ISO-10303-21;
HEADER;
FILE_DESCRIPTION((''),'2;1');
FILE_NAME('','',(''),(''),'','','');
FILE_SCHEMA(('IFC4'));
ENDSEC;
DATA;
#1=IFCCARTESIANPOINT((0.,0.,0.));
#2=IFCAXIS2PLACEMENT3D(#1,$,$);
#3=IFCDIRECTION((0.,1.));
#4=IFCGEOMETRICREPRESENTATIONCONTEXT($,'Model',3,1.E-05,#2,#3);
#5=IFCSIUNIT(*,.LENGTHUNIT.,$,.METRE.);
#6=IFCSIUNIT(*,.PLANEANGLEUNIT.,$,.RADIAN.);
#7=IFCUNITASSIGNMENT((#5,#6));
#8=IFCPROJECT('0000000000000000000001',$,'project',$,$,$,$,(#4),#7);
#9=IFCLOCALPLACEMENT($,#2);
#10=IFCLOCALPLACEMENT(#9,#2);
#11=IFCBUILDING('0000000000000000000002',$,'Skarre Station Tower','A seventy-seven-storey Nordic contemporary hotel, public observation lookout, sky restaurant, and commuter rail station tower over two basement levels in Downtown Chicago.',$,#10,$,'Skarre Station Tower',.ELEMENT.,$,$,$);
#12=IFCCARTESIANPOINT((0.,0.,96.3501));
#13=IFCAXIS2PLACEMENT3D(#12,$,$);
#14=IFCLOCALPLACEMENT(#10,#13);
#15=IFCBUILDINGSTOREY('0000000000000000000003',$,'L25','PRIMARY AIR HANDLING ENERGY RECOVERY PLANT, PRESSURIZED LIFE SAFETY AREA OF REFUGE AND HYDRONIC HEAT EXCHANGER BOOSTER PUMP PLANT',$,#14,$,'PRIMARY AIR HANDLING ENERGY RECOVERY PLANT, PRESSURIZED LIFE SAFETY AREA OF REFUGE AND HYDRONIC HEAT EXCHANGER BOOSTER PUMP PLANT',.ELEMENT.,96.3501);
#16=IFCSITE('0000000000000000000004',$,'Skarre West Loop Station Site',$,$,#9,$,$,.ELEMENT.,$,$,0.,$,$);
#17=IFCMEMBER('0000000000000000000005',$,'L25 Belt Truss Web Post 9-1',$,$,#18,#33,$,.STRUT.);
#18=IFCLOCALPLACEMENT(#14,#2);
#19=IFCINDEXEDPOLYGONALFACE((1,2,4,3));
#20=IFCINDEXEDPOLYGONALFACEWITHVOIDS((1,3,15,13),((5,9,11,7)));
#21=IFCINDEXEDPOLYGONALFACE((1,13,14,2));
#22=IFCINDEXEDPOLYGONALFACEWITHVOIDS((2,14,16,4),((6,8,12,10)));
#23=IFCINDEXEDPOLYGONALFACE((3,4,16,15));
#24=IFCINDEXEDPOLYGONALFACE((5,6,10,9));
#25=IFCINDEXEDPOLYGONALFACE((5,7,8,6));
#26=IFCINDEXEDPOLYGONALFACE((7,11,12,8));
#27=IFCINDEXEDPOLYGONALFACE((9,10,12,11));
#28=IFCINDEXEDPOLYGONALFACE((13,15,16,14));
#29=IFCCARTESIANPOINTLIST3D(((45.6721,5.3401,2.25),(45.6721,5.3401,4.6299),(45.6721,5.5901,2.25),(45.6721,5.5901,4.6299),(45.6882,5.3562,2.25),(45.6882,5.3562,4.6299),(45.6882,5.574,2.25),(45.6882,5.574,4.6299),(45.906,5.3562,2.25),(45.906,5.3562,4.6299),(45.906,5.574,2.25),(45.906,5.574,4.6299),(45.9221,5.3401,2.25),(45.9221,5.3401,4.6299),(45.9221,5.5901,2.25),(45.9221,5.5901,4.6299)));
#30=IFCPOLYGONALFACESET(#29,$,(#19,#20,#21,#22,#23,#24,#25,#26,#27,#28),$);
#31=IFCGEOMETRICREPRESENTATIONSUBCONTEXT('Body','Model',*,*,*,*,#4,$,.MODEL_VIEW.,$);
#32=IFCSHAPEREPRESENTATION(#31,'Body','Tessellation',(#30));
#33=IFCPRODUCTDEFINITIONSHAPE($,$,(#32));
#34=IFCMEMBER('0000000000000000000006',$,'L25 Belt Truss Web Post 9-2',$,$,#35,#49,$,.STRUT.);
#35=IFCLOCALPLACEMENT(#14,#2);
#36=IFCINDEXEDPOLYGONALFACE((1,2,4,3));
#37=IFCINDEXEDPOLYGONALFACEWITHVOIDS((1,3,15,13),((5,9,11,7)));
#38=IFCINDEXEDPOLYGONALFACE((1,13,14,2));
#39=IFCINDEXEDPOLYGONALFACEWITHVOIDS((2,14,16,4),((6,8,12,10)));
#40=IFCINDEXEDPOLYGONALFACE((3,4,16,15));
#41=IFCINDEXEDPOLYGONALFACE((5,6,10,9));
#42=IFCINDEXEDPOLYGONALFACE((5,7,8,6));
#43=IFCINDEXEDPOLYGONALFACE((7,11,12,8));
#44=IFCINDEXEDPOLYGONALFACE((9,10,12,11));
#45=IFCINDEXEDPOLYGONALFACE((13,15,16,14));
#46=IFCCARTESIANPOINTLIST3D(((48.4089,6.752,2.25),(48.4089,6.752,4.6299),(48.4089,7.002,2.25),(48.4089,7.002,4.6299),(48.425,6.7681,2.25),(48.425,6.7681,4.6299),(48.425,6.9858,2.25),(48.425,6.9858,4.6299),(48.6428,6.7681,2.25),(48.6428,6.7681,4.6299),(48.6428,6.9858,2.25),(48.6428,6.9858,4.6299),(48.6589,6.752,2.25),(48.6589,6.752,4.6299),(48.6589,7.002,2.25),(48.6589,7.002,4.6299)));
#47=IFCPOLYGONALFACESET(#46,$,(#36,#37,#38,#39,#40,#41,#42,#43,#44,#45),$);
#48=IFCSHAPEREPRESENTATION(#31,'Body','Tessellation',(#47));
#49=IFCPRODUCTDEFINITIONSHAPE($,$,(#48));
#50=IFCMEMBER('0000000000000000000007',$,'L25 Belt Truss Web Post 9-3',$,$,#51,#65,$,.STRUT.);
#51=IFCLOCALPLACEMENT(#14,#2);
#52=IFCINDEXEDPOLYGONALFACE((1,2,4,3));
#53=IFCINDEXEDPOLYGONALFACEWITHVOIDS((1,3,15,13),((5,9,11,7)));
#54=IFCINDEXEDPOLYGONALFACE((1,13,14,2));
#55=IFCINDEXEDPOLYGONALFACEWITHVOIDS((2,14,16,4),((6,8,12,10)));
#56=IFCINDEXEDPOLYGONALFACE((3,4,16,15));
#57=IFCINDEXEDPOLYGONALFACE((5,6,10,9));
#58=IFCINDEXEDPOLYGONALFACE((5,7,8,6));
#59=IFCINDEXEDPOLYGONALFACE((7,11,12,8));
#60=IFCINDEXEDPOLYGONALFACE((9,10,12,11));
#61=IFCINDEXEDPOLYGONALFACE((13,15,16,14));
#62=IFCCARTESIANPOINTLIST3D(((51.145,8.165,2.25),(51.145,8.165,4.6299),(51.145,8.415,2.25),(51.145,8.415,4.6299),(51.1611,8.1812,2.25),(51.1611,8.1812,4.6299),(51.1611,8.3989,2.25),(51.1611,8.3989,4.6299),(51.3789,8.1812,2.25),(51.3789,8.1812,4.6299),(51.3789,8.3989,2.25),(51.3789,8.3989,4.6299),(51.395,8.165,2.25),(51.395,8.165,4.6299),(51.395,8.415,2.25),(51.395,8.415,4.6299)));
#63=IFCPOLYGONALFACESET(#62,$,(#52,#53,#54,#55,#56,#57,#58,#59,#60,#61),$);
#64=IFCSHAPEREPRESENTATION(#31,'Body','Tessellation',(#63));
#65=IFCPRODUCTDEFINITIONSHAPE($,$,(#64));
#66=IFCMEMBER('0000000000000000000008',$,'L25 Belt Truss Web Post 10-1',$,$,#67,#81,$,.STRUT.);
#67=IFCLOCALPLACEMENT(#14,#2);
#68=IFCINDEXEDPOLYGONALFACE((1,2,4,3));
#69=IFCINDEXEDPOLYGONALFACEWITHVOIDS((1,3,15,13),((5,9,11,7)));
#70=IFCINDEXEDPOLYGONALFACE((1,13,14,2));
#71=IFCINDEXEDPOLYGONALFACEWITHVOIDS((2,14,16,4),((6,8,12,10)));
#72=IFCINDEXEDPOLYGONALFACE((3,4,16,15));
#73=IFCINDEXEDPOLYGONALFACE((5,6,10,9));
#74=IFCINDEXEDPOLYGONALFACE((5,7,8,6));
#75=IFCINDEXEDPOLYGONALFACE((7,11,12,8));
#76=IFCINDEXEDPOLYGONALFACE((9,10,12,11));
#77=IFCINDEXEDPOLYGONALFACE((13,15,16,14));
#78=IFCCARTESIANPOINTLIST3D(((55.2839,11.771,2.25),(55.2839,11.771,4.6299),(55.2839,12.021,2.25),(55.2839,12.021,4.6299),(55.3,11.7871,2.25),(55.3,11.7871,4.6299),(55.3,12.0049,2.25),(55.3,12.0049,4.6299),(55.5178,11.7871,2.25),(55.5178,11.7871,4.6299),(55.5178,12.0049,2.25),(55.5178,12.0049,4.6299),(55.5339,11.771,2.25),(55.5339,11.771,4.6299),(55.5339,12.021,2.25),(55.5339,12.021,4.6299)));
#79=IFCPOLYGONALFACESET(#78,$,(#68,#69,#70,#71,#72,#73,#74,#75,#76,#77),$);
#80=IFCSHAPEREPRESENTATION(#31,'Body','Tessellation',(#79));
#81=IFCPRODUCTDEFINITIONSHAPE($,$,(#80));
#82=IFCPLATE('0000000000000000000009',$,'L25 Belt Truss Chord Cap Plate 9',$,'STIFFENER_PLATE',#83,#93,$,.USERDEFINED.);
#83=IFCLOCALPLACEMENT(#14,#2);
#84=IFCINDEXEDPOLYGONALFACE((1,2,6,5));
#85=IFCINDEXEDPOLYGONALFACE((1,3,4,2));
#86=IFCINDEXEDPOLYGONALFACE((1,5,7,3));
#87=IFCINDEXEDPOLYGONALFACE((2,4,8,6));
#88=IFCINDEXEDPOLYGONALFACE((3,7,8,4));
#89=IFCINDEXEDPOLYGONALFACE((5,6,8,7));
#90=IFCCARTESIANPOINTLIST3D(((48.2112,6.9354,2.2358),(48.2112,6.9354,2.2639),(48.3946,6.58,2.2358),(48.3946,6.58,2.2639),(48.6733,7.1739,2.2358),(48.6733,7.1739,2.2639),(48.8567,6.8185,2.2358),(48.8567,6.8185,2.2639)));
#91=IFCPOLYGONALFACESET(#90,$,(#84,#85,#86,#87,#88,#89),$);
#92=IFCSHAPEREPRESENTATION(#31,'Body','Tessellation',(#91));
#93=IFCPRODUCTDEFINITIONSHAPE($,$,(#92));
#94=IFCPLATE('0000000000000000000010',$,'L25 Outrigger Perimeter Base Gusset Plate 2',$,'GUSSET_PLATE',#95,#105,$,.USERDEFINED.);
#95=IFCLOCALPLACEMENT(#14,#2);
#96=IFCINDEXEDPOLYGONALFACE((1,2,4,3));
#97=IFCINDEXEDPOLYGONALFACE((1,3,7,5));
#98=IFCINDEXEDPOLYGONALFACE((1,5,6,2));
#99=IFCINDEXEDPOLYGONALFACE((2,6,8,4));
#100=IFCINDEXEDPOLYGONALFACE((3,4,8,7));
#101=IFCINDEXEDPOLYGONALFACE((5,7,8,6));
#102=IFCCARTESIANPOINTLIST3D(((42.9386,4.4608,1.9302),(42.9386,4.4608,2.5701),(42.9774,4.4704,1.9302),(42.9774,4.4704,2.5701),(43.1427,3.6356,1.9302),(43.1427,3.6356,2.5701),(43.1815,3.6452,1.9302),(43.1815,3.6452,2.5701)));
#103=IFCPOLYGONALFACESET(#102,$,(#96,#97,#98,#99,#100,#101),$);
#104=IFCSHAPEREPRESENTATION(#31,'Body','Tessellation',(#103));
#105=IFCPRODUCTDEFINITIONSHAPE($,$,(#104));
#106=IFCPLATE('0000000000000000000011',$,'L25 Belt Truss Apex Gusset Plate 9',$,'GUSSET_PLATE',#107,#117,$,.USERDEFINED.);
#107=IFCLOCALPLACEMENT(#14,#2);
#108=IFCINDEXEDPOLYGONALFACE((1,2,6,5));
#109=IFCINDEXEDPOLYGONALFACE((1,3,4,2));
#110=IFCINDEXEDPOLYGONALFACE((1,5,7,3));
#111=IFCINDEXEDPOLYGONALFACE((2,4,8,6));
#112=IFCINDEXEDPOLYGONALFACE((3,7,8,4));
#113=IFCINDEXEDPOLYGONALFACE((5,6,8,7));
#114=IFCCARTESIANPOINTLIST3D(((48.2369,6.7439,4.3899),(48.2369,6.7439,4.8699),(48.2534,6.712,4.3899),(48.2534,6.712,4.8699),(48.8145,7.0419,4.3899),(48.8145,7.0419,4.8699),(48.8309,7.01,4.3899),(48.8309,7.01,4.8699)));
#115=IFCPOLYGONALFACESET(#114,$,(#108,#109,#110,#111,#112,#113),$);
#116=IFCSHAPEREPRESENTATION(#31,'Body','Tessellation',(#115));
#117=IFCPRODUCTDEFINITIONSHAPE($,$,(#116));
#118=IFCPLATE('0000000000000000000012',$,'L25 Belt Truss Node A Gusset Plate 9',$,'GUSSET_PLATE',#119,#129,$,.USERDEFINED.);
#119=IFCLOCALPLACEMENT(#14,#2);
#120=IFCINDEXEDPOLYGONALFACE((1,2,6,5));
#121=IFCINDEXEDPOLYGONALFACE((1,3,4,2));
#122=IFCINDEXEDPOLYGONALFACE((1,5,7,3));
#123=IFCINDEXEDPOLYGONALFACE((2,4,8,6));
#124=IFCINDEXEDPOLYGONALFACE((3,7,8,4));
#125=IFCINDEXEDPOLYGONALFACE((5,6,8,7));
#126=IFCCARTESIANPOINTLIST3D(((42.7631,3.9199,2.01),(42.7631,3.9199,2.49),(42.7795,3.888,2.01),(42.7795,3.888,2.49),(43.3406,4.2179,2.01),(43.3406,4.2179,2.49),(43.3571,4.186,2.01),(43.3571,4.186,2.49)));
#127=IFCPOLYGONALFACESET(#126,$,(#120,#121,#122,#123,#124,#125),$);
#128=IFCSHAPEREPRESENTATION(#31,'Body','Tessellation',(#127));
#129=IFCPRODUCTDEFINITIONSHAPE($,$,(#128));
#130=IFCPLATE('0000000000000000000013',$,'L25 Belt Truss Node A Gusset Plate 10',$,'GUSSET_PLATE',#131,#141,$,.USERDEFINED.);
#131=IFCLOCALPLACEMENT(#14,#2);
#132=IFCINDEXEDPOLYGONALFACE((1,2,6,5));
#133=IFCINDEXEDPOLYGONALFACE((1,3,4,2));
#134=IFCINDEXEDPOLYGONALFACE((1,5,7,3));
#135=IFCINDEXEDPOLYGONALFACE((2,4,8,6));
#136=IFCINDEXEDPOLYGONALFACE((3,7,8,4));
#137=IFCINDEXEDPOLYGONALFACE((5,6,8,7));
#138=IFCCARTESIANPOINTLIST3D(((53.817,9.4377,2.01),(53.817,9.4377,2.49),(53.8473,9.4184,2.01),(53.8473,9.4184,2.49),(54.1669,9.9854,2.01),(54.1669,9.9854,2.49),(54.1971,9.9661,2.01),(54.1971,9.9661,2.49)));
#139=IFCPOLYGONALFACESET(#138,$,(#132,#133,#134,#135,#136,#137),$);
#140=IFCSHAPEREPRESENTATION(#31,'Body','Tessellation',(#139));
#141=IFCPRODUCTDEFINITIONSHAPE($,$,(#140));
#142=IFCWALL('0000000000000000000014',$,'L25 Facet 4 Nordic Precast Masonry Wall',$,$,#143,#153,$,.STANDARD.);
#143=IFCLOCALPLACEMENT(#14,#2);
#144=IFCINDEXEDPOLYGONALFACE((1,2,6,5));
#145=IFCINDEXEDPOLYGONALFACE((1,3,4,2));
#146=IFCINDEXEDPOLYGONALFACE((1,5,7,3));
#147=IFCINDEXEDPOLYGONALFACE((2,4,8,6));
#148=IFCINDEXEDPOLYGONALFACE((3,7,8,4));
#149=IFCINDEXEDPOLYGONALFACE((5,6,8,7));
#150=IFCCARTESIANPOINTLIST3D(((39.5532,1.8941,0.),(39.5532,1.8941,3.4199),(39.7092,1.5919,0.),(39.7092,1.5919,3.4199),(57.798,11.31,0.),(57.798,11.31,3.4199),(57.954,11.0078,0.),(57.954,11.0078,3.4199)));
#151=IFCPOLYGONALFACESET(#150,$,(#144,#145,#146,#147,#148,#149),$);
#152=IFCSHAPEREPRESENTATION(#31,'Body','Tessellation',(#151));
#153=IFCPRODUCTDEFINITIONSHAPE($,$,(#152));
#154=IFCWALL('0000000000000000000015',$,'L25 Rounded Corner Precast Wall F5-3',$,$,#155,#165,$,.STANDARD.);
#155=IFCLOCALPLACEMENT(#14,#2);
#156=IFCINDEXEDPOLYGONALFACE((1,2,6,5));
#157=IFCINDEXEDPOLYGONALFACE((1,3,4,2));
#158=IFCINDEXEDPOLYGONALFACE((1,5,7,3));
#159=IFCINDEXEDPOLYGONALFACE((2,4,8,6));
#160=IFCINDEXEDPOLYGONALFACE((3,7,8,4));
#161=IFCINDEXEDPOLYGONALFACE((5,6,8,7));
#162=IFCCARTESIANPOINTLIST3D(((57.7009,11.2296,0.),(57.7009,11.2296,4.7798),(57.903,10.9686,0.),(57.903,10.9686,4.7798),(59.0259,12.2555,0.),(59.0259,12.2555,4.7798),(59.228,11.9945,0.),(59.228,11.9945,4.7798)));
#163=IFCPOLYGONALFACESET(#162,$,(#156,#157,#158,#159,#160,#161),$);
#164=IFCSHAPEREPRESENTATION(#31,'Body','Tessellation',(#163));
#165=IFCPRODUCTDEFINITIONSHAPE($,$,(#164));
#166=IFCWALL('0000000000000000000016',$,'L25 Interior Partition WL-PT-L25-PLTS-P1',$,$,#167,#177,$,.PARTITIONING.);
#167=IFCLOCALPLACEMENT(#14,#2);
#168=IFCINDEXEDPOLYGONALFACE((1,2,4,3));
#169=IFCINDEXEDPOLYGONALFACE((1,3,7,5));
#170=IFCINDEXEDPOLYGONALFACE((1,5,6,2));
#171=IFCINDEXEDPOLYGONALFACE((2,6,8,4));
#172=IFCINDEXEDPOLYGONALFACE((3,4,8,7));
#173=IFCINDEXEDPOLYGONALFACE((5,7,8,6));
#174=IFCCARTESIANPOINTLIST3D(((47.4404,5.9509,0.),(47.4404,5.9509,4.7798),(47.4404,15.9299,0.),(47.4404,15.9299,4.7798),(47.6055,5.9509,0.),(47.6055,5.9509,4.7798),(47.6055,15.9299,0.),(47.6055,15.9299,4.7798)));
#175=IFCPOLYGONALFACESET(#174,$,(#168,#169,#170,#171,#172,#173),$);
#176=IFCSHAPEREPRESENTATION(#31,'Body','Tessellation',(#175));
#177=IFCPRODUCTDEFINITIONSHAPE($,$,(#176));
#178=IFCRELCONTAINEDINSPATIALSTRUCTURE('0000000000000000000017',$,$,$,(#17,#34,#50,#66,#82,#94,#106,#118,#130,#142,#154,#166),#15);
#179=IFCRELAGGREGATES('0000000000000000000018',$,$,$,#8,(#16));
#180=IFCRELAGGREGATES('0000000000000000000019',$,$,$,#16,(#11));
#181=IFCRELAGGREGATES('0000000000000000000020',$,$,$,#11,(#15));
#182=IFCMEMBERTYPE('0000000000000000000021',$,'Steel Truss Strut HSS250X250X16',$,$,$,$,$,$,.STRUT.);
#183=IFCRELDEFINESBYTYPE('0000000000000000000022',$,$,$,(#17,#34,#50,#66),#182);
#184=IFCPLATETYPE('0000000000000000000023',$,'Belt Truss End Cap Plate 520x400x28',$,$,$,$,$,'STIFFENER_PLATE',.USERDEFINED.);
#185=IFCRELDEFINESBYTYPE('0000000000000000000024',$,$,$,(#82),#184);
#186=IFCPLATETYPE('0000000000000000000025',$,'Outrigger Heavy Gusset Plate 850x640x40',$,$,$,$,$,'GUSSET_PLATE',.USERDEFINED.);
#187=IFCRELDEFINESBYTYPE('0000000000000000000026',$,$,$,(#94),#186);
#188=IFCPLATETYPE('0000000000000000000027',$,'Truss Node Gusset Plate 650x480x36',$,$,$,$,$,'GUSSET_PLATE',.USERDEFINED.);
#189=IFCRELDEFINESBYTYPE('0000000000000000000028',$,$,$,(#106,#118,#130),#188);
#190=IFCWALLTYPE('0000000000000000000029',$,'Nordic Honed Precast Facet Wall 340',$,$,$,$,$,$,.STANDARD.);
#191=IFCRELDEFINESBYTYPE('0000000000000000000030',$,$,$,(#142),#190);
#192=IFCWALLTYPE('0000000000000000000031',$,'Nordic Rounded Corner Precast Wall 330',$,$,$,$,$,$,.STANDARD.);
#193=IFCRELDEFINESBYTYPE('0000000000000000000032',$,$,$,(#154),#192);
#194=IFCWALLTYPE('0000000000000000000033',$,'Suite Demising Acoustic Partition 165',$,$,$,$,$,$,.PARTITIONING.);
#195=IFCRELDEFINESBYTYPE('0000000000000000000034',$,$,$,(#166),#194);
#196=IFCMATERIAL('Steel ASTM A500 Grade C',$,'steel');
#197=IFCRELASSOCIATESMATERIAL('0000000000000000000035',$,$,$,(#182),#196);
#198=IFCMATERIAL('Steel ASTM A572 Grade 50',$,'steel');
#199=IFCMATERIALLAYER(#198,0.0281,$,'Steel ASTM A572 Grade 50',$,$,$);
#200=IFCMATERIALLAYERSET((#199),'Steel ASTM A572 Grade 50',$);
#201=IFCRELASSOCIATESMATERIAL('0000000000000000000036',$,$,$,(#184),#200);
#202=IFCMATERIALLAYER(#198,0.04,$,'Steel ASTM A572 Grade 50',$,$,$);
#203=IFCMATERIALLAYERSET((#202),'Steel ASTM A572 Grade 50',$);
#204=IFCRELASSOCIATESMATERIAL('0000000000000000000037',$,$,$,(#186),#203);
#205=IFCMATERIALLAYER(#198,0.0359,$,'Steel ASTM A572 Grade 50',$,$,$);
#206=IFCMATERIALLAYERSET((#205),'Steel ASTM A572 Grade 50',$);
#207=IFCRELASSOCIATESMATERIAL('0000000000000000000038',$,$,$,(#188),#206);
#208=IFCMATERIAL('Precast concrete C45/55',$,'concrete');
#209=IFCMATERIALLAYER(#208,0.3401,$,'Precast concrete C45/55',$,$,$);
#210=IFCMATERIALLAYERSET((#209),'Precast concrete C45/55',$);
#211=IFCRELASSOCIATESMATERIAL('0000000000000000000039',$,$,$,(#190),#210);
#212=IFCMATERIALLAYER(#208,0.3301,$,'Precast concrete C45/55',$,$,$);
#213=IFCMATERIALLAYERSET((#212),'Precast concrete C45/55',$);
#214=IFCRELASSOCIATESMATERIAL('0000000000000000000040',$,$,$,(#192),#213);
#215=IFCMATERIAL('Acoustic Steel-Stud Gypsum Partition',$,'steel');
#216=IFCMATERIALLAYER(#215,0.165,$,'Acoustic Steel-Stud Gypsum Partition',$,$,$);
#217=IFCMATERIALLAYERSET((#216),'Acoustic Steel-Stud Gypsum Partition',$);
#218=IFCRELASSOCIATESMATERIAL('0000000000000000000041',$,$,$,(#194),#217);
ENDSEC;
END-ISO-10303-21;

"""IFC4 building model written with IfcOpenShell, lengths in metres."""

from ifc_helpers import new_model, si_unit, direction, frame, frame_2d, origin, origin_2d, place, context, subcontext, project, spatial, rectangle, hollow_rectangle, extrude, material, layer, layer_set, material_profile, profile_set, type_object, element, save


model = new_model("IFC4")

# Units and contexts
model_context = context("Model", 3, precision=1e-05, world=origin(), true_north=direction((0.0, 1.0)))
body_context = subcontext(model_context, "Body", "Model", "MODEL_VIEW")
ifc_project = project(units=[si_unit("LENGTHUNIT", "METRE"), si_unit("PLANEANGLEUNIT", "RADIAN")], contexts=[model_context])

# Site, building, storey
site_placement = place(None, origin())
site = spatial("IfcSite", under=ifc_project, at=site_placement, Name="Skarre West Loop Station Site", CompositionType="ELEMENT", RefElevation=0.0)
building_placement = place(site_placement, origin())
building = spatial("IfcBuilding", under=site, at=building_placement, Name="Skarre Station Tower", Description="A seventy-seven-storey Nordic contemporary hotel, public observation lookout, sky restaurant, and commuter rail station tower over two basement levels in Downtown Chicago.", LongName="Skarre Station Tower", CompositionType="ELEMENT")
storey_placement = place(building_placement, frame((0.0, 0.0, 96.3501)))
storey = spatial("IfcBuildingStorey", under=building, at=storey_placement, Name="L25", Description="PRIMARY AIR HANDLING ENERGY RECOVERY PLANT, PRESSURIZED LIFE SAFETY AREA OF REFUGE AND HYDRONIC HEAT EXCHANGER BOOSTER PUMP PLANT", LongName="PRIMARY AIR HANDLING ENERGY RECOVERY PLANT, PRESSURIZED LIFE SAFETY AREA OF REFUGE AND HYDRONIC HEAT EXCHANGER BOOSTER PUMP PLANT", CompositionType="ELEMENT", Elevation=96.3501)

# Shared definitions
ifc_material_1 = material(Name="Steel ASTM A572 Grade 50", Category="steel")

# Members
ifc_material_2 = material(Name="Steel ASTM A500 Grade C", Category="steel")
ifc_material_profile_1 = material_profile(ifc_material_2, hollow_rectangle(XDim=0.25, YDim=0.25, WallThickness=0.0161, at=origin_2d()), Name="Steel ASTM A500 Grade C")
ifc_profile_set_1 = profile_set([ifc_material_profile_1], Name="Steel ASTM A500 Grade C")
member_type_1 = type_object("IfcMemberType", Name="Steel Truss Strut HSS250X250X16", PredefinedType="STRUT", material=ifc_profile_set_1)
for number, where, z_axis, x_axis, name in (
    (1, (45.7971, 5.4651, 2.25), (0.0, 0.0, 1.0), (1.0, 0.0, 0.0), "L25 Belt Truss Web Post 9-1"),
    (2, (48.5339, 6.877, 2.25), (0.0, 0.0, 1.0), (1.0, 0.0, 0.0), "L25 Belt Truss Web Post 9-2"),
    (3, (51.27, 8.29, 2.25), (0.0, 0.0, 1.0), (1.0, 0.0, 0.0), "L25 Belt Truss Web Post 9-3"),
    (4, (55.4089, 11.896, 2.25), (0.0, 0.0, 1.0), (1.0, 0.0, 0.0), "L25 Belt Truss Web Post 10-1"),
):
    element("IfcMember", number, at=place(storey_placement, frame(where, z_axis=z_axis, x_axis=x_axis)), inside=storey, type_object=member_type_1, Name=name, PredefinedType="STRUT", context=body_context, shape_type="SweptSolid", body=[
        extrude(hollow_rectangle(XDim=0.25, YDim=0.25, WallThickness=0.0161, at=origin_2d()), origin(), (0.0, 0.0, 1.0), 2.3799),
    ])

# Plates
ifc_layer_1 = layer(ifc_material_1, 0.0281, Name="Steel ASTM A572 Grade 50")
ifc_layer_set_1 = layer_set([ifc_layer_1], Name="Steel ASTM A572 Grade 50")
plate_type_1 = type_object("IfcPlateType", Name="Belt Truss End Cap Plate 520x400x28", ElementType="STIFFENER_PLATE", PredefinedType="USERDEFINED", material=ifc_layer_set_1)
plate_1_placement = place(storey_placement, frame((48.5339, 6.877, 2.2358), z_axis=(0.0, 0.0, 1.0), x_axis=(0.888657, 0.458572, 0.0)))
element("IfcPlate", 5, at=plate_1_placement, inside=storey, type_object=plate_type_1, Name="L25 Belt Truss Chord Cap Plate 9", ObjectType="STIFFENER_PLATE", PredefinedType="USERDEFINED", context=body_context, shape_type="SweptSolid", body=[
    extrude(rectangle(XDim=0.52, YDim=0.3999, at=origin_2d()), origin(), (0.0, 0.0, 1.0), 0.0281),
])
ifc_layer_2 = layer(ifc_material_1, 0.04, Name="Steel ASTM A572 Grade 50")
ifc_layer_set_2 = layer_set([ifc_layer_2], Name="Steel ASTM A572 Grade 50")
plate_type_2 = type_object("IfcPlateType", Name="Outrigger Heavy Gusset Plate 850x640x40", ElementType="GUSSET_PLATE", PredefinedType="USERDEFINED", material=ifc_layer_set_2)
plate_2_placement = place(storey_placement, frame((43.0601, 4.053, 1.9302), z_axis=(0.0, 0.0, 1.0), x_axis=(0.240076, -0.970754, 0.0)))
element("IfcPlate", 6, at=plate_2_placement, inside=storey, type_object=plate_type_2, Name="L25 Outrigger Perimeter Base Gusset Plate 2", ObjectType="GUSSET_PLATE", PredefinedType="USERDEFINED", context=body_context, shape_type="SweptSolid", body=[
    extrude(rectangle(XDim=0.8501, YDim=0.04, at=origin_2d()), origin(), (0.0, 0.0, 1.0), 0.6399),
])
ifc_layer_3 = layer(ifc_material_1, 0.0359, Name="Steel ASTM A572 Grade 50")
ifc_layer_set_3 = layer_set([ifc_layer_3], Name="Steel ASTM A572 Grade 50")
plate_type_3 = type_object("IfcPlateType", Name="Truss Node Gusset Plate 650x480x36", ElementType="GUSSET_PLATE", PredefinedType="USERDEFINED", material=ifc_layer_set_3)
for number, where, z_axis, x_axis, name in (
    (7, (48.5339, 6.877, 4.3899), (0.0, 0.0, 1.0), (0.888657, 0.458572, 0.0), "L25 Belt Truss Apex Gusset Plate 9"),
    (8, (43.0601, 4.053, 2.01), (0.0, 0.0, 1.0), (0.888657, 0.458572, 0.0), "L25 Belt Truss Node A Gusset Plate 9"),
    (9, (54.0071, 9.7019, 2.01), (0.0, 0.0, 1.0), (0.538285, 0.842763, 0.0), "L25 Belt Truss Node A Gusset Plate 10"),
):
    element("IfcPlate", number, at=place(storey_placement, frame(where, z_axis=z_axis, x_axis=x_axis)), inside=storey, type_object=plate_type_3, Name=name, ObjectType="GUSSET_PLATE", PredefinedType="USERDEFINED", context=body_context, shape_type="SweptSolid", body=[
        extrude(rectangle(XDim=0.6499, YDim=0.0359, at=origin_2d()), origin(), (0.0, 0.0, 1.0), 0.48),
    ])

# Walls
ifc_material_3 = material(Name="Precast concrete C45/55", Category="concrete")
ifc_layer_4 = layer(ifc_material_3, 0.3401, Name="Precast concrete C45/55")
ifc_layer_set_4 = layer_set([ifc_layer_4], Name="Precast concrete C45/55")
wall_type_1 = type_object("IfcWallType", Name="Nordic Honed Precast Facet Wall 340", PredefinedType="STANDARD", material=ifc_layer_set_4)
wall_1_placement = place(storey_placement, frame((57.876, 11.1589, 0.0), z_axis=(0.0, 0.0, 1.0), x_axis=(-0.888634, -0.458616, 0.0)))
element("IfcWall", 10, at=wall_1_placement, inside=storey, type_object=wall_type_1, Name="L25 Facet 4 Nordic Precast Masonry Wall", PredefinedType="STANDARD", context=body_context, shape_type="SweptSolid", body=[
    extrude(rectangle(XDim=20.5312, YDim=0.3401, at=frame_2d((10.2656, 0.0))), origin(), (0.0, 0.0, 1.0), 3.4199),
])
ifc_layer_5 = layer(ifc_material_3, 0.3301, Name="Precast concrete C45/55")
ifc_layer_set_5 = layer_set([ifc_layer_5], Name="Precast concrete C45/55")
wall_type_2 = type_object("IfcWallType", Name="Nordic Rounded Corner Precast Wall 330", PredefinedType="STANDARD", material=ifc_layer_set_5)
wall_2_placement = place(storey_placement, frame((59.127, 12.125, 0.0), z_axis=(0.0, 0.0, 1.0), x_axis=(-0.790692, -0.612214, 0.0)))
element("IfcWall", 11, at=wall_2_placement, inside=storey, type_object=wall_type_2, Name="L25 Rounded Corner Precast Wall F5-3", PredefinedType="STANDARD", context=body_context, shape_type="SweptSolid", body=[
    extrude(rectangle(XDim=1.6758, YDim=0.3301, at=frame_2d((0.8379, 0.0))), origin(), (0.0, 0.0, 1.0), 4.7798),
])
ifc_material_4 = material(Name="Acoustic Steel-Stud Gypsum Partition", Category="steel")
ifc_layer_6 = layer(ifc_material_4, 0.165, Name="Acoustic Steel-Stud Gypsum Partition")
ifc_layer_set_6 = layer_set([ifc_layer_6], Name="Acoustic Steel-Stud Gypsum Partition")
wall_type_3 = type_object("IfcWallType", Name="Suite Demising Acoustic Partition 165", PredefinedType="PARTITIONING", material=ifc_layer_set_6)
wall_3_placement = place(storey_placement, frame((47.5229, 5.9509, 0.0), z_axis=(0.0, 0.0, 1.0), x_axis=(0.0, 1.0, 0.0)))
element("IfcWall", 12, at=wall_3_placement, inside=storey, type_object=wall_type_3, Name="L25 Interior Partition WL-PT-L25-PLTS-P1", PredefinedType="PARTITIONING", context=body_context, shape_type="SweptSolid", body=[
    extrude(rectangle(XDim=9.979, YDim=0.165, at=frame_2d((4.9895, 0.0))), origin(), (0.0, 0.0, 1.0), 4.7798),
])

save(model, "model.ifc")
